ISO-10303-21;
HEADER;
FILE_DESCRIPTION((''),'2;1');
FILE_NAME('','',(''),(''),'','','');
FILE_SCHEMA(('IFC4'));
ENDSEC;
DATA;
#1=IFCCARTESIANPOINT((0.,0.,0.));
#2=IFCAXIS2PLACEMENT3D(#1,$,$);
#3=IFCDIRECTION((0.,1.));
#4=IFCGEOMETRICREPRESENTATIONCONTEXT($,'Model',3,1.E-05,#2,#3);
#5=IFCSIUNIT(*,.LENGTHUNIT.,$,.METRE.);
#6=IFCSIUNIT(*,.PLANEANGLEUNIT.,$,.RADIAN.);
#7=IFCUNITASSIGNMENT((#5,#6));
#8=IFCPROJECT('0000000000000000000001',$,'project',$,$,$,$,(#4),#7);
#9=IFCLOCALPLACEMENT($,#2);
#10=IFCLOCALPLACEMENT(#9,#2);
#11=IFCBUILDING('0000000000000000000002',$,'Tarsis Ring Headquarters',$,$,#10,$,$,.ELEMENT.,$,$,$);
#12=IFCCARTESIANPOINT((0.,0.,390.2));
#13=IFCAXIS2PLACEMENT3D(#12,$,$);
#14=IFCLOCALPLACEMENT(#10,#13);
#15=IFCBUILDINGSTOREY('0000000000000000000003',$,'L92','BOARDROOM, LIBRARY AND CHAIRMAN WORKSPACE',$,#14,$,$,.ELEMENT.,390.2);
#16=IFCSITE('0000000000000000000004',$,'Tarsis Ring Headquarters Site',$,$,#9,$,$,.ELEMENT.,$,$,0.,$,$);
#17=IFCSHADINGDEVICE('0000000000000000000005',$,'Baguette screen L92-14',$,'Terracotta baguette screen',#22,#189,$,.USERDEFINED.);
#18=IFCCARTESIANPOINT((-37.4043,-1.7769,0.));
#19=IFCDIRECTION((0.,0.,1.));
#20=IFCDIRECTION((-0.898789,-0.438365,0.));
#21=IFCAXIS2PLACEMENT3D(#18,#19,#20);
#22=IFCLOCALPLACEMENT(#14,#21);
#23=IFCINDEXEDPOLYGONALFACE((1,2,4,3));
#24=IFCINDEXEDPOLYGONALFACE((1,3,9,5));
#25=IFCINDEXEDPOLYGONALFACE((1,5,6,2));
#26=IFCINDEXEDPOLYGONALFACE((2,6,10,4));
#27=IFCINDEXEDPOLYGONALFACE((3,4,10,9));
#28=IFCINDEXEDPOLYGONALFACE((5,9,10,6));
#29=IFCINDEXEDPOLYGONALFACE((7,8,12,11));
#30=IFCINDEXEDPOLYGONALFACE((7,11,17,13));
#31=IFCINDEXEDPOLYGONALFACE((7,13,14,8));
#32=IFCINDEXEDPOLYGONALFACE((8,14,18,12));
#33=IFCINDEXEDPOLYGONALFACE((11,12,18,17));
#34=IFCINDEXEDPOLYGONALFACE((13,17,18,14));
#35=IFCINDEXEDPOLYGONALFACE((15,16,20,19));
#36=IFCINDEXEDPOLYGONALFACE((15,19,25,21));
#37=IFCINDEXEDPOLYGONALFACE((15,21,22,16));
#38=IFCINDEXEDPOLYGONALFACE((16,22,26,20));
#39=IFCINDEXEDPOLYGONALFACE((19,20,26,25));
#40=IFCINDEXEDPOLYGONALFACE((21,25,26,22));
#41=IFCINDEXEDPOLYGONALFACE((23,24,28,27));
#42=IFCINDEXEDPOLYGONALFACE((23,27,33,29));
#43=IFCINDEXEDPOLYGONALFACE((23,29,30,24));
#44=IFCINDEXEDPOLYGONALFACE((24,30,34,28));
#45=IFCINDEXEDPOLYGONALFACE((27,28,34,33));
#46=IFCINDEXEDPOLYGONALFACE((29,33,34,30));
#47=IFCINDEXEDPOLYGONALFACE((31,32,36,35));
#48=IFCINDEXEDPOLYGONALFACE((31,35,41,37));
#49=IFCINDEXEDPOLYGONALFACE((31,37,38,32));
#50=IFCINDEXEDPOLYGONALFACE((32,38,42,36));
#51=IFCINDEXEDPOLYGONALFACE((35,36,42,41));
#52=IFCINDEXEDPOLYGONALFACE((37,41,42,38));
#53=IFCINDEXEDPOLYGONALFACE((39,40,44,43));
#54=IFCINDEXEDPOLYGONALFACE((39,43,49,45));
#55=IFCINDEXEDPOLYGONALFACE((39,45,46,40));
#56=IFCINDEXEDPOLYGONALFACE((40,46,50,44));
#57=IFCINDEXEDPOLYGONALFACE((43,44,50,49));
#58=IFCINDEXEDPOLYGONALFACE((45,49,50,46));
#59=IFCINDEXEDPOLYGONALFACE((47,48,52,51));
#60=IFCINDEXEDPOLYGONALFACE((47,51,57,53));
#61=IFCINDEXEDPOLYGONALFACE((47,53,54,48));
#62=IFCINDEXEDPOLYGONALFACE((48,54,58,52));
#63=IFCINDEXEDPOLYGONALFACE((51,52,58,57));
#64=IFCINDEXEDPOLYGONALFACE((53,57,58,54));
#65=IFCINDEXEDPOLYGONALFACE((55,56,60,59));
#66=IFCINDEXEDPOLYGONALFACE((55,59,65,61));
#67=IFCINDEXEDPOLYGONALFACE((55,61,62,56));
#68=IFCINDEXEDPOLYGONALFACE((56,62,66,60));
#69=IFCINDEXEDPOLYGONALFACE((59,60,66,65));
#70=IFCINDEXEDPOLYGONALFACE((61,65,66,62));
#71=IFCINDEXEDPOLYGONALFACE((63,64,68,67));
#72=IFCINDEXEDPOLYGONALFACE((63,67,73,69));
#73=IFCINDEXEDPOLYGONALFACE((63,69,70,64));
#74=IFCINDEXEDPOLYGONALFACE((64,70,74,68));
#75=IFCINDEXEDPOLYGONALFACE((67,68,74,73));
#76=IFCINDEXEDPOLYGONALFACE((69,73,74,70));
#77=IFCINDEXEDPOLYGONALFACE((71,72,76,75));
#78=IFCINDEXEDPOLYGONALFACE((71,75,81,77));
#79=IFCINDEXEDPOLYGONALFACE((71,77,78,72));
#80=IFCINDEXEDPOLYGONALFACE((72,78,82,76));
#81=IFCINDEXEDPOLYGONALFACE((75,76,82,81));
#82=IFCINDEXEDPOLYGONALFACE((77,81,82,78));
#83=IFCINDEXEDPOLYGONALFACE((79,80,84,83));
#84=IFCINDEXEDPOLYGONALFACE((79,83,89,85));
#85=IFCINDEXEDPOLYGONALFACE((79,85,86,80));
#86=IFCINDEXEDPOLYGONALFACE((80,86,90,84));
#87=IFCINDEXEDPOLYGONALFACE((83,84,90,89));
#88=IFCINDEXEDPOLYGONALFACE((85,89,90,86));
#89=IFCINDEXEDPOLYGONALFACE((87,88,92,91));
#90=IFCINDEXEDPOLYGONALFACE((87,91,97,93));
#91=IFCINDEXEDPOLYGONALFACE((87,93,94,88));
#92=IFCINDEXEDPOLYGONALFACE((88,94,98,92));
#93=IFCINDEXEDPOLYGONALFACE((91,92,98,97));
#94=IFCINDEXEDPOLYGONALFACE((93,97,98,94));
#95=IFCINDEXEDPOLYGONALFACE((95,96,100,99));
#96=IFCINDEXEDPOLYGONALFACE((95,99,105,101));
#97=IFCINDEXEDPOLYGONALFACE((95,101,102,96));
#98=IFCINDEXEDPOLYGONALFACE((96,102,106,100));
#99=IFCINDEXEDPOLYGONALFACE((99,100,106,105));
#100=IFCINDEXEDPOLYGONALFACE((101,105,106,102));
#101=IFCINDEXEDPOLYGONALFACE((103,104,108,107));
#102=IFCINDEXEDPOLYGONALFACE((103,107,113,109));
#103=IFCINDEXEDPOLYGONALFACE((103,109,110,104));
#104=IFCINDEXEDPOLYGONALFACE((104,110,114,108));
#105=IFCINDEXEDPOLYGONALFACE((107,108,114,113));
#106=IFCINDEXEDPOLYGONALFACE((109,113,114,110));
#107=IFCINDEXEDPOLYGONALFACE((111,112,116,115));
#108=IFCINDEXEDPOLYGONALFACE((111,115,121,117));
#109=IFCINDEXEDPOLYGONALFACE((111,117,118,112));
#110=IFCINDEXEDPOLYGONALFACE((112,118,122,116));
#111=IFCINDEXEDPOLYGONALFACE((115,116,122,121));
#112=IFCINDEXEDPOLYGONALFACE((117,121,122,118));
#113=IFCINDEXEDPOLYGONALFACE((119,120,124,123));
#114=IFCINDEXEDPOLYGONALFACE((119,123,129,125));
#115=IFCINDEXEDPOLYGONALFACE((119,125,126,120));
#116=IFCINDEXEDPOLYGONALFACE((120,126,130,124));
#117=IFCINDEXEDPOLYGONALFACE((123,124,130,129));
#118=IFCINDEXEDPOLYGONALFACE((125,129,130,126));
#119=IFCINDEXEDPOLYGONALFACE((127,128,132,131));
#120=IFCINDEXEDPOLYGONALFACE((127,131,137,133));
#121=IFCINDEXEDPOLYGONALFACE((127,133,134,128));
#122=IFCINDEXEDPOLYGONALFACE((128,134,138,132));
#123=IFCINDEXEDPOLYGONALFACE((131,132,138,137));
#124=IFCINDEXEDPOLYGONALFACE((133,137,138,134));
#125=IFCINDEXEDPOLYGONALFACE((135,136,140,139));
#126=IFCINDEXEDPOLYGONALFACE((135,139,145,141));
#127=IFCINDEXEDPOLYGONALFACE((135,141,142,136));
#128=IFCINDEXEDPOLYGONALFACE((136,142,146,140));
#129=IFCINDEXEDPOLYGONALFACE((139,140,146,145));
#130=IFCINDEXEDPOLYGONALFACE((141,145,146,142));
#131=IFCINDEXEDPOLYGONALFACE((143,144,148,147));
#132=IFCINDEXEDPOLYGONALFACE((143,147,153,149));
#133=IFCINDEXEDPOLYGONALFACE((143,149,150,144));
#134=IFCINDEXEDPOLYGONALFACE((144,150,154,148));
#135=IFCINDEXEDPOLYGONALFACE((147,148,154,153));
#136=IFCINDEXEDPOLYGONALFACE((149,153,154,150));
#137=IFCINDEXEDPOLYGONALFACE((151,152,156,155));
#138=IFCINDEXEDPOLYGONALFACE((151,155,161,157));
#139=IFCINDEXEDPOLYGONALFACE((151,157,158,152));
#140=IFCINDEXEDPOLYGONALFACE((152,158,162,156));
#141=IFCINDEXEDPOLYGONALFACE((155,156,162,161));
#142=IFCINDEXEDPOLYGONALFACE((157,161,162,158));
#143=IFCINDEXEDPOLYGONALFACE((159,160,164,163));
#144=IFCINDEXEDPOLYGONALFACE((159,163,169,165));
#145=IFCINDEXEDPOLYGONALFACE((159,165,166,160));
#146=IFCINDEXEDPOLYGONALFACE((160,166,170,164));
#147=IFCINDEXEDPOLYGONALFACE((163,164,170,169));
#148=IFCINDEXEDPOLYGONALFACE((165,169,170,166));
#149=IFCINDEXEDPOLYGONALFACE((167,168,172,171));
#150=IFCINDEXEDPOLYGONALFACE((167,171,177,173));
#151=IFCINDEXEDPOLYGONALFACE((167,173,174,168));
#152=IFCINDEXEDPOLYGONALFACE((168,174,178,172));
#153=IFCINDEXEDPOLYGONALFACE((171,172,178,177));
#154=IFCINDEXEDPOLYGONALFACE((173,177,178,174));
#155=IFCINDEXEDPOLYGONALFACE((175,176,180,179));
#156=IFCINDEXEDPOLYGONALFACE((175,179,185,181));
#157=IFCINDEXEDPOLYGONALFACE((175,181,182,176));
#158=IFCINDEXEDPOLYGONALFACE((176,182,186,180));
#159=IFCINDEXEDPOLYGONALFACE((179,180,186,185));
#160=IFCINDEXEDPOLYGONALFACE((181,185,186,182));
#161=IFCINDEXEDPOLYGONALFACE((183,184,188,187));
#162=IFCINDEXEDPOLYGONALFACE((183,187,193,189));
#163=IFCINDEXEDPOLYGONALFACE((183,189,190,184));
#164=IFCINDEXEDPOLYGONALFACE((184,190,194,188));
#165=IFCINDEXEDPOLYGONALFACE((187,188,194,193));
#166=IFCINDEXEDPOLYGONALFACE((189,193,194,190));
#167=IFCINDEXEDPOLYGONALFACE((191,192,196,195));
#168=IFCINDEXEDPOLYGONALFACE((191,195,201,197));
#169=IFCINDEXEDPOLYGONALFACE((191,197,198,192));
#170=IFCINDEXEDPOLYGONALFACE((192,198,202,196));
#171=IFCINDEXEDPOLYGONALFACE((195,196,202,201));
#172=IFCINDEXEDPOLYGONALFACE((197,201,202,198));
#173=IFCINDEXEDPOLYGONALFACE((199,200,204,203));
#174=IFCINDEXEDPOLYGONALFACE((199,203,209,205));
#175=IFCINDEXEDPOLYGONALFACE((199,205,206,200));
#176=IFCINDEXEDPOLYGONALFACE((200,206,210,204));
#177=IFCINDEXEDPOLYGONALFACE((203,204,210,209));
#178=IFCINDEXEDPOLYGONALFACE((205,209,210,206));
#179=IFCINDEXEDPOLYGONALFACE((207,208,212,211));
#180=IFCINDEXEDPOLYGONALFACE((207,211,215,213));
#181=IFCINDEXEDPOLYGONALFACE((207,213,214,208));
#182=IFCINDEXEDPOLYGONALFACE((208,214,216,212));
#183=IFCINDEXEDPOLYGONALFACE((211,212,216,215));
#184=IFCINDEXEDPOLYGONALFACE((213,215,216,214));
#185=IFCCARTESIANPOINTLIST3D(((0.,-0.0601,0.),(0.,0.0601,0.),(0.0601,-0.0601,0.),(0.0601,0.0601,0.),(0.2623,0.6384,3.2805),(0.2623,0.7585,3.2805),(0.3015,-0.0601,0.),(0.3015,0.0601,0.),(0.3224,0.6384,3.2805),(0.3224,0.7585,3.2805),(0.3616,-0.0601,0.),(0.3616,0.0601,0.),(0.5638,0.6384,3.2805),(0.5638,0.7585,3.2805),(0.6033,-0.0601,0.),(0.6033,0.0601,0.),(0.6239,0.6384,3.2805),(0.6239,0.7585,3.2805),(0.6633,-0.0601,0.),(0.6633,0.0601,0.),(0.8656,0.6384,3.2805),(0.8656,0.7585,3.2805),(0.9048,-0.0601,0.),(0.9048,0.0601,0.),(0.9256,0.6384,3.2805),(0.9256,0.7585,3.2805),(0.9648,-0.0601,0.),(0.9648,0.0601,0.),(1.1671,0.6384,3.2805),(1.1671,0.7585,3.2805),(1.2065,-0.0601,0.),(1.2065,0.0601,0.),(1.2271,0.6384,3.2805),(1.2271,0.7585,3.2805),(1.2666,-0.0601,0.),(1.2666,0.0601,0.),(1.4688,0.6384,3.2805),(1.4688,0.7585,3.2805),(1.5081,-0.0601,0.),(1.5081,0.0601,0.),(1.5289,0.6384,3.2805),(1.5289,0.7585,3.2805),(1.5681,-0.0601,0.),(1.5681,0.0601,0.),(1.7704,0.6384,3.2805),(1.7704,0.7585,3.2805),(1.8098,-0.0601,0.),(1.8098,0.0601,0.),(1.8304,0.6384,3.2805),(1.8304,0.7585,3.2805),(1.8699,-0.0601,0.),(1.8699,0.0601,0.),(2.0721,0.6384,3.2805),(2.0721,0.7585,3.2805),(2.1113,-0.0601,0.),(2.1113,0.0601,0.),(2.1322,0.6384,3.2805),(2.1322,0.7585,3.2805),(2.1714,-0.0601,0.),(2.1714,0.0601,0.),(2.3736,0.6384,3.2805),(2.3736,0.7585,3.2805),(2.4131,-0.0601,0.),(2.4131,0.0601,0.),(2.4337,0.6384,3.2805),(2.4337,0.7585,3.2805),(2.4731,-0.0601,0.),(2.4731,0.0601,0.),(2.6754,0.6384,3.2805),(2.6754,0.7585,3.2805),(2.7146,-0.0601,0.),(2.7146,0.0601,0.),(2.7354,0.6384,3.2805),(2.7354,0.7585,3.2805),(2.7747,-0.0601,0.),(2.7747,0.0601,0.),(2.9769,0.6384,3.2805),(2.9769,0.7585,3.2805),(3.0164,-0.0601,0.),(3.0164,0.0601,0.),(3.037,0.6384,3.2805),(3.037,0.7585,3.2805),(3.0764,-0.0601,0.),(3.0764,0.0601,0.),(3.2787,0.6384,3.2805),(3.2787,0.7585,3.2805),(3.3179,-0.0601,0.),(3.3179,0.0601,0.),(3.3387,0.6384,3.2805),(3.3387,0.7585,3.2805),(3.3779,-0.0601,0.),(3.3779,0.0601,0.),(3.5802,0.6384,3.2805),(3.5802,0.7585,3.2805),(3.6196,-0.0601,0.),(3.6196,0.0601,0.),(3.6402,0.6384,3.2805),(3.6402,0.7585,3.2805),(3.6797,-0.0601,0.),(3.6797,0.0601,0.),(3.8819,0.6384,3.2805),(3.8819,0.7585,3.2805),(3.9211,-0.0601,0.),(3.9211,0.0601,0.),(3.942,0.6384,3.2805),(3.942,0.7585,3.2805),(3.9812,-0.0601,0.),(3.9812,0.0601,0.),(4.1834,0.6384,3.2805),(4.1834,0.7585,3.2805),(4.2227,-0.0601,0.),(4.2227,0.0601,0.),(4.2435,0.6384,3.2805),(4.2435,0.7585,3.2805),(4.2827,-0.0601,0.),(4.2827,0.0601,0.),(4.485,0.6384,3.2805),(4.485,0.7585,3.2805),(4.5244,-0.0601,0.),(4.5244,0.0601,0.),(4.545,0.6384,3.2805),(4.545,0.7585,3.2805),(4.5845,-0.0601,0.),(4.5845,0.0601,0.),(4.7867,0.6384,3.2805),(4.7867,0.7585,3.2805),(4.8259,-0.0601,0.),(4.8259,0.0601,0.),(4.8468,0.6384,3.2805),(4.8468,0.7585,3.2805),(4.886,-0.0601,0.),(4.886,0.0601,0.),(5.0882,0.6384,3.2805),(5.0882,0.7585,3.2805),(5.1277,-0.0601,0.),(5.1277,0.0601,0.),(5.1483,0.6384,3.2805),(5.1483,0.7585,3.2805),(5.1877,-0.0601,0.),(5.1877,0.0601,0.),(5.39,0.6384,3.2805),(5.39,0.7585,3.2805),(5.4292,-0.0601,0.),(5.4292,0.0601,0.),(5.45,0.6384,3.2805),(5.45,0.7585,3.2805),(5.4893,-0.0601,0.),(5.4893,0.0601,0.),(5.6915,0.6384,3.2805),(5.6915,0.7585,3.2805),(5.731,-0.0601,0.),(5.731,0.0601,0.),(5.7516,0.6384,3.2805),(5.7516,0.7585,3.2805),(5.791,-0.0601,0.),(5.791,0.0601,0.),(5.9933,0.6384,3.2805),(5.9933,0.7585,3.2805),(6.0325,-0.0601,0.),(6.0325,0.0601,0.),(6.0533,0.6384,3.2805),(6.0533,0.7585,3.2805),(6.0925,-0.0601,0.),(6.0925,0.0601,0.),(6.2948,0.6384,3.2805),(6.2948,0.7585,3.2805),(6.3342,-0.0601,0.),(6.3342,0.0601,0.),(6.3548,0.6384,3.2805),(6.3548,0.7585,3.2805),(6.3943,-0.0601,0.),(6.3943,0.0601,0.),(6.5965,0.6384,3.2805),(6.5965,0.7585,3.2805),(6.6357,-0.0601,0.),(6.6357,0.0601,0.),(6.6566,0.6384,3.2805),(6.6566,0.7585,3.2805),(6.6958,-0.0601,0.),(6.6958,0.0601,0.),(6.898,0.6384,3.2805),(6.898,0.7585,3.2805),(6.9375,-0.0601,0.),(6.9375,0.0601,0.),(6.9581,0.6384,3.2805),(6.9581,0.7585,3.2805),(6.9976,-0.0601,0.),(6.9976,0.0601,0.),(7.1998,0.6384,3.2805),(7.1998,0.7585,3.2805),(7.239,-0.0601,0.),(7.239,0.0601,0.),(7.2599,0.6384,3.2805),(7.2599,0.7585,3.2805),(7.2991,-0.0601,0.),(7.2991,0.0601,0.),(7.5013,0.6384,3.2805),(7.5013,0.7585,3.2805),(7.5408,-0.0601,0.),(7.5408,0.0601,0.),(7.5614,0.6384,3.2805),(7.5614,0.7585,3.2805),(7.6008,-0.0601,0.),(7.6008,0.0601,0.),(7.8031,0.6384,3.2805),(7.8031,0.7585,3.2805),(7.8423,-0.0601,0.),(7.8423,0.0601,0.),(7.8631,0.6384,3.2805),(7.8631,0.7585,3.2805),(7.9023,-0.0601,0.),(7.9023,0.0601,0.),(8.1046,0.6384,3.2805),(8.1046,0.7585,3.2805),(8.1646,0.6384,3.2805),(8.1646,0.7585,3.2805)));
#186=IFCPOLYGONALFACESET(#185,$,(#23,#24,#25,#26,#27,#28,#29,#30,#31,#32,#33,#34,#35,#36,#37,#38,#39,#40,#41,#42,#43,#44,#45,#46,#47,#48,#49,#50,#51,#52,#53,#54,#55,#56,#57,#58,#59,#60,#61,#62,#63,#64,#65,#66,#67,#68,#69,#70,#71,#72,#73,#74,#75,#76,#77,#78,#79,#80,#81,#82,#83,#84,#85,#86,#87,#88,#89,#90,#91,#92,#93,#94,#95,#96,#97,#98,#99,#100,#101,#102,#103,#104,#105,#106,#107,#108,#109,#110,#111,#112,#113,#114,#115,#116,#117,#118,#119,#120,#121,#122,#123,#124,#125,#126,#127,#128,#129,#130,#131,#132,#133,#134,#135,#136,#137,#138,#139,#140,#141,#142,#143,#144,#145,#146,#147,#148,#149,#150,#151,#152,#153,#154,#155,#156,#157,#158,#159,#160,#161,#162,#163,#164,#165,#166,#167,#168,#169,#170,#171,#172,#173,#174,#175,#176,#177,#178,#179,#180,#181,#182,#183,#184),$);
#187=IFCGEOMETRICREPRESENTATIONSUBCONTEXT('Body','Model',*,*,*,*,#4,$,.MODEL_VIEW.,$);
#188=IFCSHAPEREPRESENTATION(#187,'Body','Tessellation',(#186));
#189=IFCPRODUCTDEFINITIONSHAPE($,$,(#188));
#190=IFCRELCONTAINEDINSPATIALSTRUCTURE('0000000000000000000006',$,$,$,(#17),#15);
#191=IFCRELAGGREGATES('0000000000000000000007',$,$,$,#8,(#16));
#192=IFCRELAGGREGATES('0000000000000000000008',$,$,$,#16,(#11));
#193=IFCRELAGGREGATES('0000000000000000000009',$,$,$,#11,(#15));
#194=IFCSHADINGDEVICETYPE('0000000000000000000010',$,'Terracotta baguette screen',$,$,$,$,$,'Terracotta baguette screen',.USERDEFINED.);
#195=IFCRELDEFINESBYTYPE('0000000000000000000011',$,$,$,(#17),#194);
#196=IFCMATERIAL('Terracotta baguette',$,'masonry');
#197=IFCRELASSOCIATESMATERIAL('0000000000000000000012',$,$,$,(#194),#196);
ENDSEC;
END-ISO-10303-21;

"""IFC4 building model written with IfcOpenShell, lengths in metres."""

from ifc_helpers import new_model, si_unit, direction, frame, frame_2d, origin, place, context, subcontext, project, spatial, rectangle, composite_profile, extrude, material, type_object, element, save


model = new_model("IFC4")

# Units and contexts
model_context = context("Model", 3, precision=1e-05, world=origin(), true_north=direction((0.0, 1.0)))
body_context = subcontext(model_context, "Body", "Model", "MODEL_VIEW")
ifc_project = project(units=[si_unit("LENGTHUNIT", "METRE"), si_unit("PLANEANGLEUNIT", "RADIAN")], contexts=[model_context])

# Site, building, storey
site_placement = place(None, origin())
site = spatial("IfcSite", under=ifc_project, at=site_placement, Name="Tarsis Ring Headquarters Site", CompositionType="ELEMENT", RefElevation=0.0)
building_placement = place(site_placement, origin())
building = spatial("IfcBuilding", under=site, at=building_placement, Name="Tarsis Ring Headquarters", CompositionType="ELEMENT")
storey_placement = place(building_placement, frame((0.0, 0.0, 390.2)))
storey = spatial("IfcBuildingStorey", under=building, at=storey_placement, Name="L92", Description="BOARDROOM, LIBRARY AND CHAIRMAN WORKSPACE", CompositionType="ELEMENT", Elevation=390.2)

# Shading device
ifc_material_1 = material(Name="Terracotta baguette", Category="masonry")
shading_device_type_1 = type_object("IfcShadingDeviceType", Name="Terracotta baguette screen", ElementType="Terracotta baguette screen", PredefinedType="USERDEFINED", material=ifc_material_1)
shading_device_1_placement = place(storey_placement, frame((-37.4043, -1.7769, 0.0), z_axis=(0.0, 0.0, 1.0), x_axis=(-0.898789, -0.438365, 0.0)))
element("IfcShadingDevice", 1, at=shading_device_1_placement, inside=storey, type_object=shading_device_type_1, Name="Baguette screen L92-14", ObjectType="Terracotta baguette screen", PredefinedType="USERDEFINED", context=body_context, shape_type="SweptSolid", body=[
    extrude(composite_profile([rectangle(XDim=0.0601, YDim=0.1201, at=frame_2d((0.03, 0.0))), rectangle(XDim=0.0601, YDim=0.1201, at=frame_2d((0.3315, 0.0))), rectangle(XDim=0.0601, YDim=0.1201, at=frame_2d((0.6333, 0.0))), rectangle(XDim=0.0601, YDim=0.1201, at=frame_2d((0.9348, 0.0))), rectangle(XDim=0.0601, YDim=0.1201, at=frame_2d((1.2366, 0.0))), rectangle(XDim=0.0601, YDim=0.1201, at=frame_2d((1.5381, 0.0))), rectangle(XDim=0.0601, YDim=0.1201, at=frame_2d((1.8398, 0.0))), rectangle(XDim=0.0601, YDim=0.1201, at=frame_2d((2.1414, 0.0))), rectangle(XDim=0.0601, YDim=0.1201, at=frame_2d((2.4431, 0.0))), rectangle(XDim=0.0601, YDim=0.1201, at=frame_2d((2.7446, 0.0))), rectangle(XDim=0.0601, YDim=0.1201, at=frame_2d((3.0464, 0.0))), rectangle(XDim=0.0601, YDim=0.1201, at=frame_2d((3.3479, 0.0))), rectangle(XDim=0.0601, YDim=0.1201, at=frame_2d((3.6497, 0.0))), rectangle(XDim=0.0601, YDim=0.1201, at=frame_2d((3.9512, 0.0))), rectangle(XDim=0.0601, YDim=0.1201, at=frame_2d((4.2527, 0.0))), rectangle(XDim=0.0601, YDim=0.1201, at=frame_2d((4.5544, 0.0))), rectangle(XDim=0.0601, YDim=0.1201, at=frame_2d((4.856, 0.0))), rectangle(XDim=0.0601, YDim=0.1201, at=frame_2d((5.1577, 0.0))), rectangle(XDim=0.0601, YDim=0.1201, at=frame_2d((5.4592, 0.0))), rectangle(XDim=0.0601, YDim=0.1201, at=frame_2d((5.761, 0.0))), rectangle(XDim=0.0601, YDim=0.1201, at=frame_2d((6.0625, 0.0))), rectangle(XDim=0.0601, YDim=0.1201, at=frame_2d((6.3643, 0.0))), rectangle(XDim=0.0601, YDim=0.1201, at=frame_2d((6.6658, 0.0))), rectangle(XDim=0.0601, YDim=0.1201, at=frame_2d((6.9675, 0.0))), rectangle(XDim=0.0601, YDim=0.1201, at=frame_2d((7.269, 0.0))), rectangle(XDim=0.0601, YDim=0.1201, at=frame_2d((7.5708, 0.0))), rectangle(XDim=0.0601, YDim=0.1201, at=frame_2d((7.8723, 0.0)))]), origin(), (0.077967, 0.207616, 0.975098), 3.3643),
])

save(model, "model.ifc")
